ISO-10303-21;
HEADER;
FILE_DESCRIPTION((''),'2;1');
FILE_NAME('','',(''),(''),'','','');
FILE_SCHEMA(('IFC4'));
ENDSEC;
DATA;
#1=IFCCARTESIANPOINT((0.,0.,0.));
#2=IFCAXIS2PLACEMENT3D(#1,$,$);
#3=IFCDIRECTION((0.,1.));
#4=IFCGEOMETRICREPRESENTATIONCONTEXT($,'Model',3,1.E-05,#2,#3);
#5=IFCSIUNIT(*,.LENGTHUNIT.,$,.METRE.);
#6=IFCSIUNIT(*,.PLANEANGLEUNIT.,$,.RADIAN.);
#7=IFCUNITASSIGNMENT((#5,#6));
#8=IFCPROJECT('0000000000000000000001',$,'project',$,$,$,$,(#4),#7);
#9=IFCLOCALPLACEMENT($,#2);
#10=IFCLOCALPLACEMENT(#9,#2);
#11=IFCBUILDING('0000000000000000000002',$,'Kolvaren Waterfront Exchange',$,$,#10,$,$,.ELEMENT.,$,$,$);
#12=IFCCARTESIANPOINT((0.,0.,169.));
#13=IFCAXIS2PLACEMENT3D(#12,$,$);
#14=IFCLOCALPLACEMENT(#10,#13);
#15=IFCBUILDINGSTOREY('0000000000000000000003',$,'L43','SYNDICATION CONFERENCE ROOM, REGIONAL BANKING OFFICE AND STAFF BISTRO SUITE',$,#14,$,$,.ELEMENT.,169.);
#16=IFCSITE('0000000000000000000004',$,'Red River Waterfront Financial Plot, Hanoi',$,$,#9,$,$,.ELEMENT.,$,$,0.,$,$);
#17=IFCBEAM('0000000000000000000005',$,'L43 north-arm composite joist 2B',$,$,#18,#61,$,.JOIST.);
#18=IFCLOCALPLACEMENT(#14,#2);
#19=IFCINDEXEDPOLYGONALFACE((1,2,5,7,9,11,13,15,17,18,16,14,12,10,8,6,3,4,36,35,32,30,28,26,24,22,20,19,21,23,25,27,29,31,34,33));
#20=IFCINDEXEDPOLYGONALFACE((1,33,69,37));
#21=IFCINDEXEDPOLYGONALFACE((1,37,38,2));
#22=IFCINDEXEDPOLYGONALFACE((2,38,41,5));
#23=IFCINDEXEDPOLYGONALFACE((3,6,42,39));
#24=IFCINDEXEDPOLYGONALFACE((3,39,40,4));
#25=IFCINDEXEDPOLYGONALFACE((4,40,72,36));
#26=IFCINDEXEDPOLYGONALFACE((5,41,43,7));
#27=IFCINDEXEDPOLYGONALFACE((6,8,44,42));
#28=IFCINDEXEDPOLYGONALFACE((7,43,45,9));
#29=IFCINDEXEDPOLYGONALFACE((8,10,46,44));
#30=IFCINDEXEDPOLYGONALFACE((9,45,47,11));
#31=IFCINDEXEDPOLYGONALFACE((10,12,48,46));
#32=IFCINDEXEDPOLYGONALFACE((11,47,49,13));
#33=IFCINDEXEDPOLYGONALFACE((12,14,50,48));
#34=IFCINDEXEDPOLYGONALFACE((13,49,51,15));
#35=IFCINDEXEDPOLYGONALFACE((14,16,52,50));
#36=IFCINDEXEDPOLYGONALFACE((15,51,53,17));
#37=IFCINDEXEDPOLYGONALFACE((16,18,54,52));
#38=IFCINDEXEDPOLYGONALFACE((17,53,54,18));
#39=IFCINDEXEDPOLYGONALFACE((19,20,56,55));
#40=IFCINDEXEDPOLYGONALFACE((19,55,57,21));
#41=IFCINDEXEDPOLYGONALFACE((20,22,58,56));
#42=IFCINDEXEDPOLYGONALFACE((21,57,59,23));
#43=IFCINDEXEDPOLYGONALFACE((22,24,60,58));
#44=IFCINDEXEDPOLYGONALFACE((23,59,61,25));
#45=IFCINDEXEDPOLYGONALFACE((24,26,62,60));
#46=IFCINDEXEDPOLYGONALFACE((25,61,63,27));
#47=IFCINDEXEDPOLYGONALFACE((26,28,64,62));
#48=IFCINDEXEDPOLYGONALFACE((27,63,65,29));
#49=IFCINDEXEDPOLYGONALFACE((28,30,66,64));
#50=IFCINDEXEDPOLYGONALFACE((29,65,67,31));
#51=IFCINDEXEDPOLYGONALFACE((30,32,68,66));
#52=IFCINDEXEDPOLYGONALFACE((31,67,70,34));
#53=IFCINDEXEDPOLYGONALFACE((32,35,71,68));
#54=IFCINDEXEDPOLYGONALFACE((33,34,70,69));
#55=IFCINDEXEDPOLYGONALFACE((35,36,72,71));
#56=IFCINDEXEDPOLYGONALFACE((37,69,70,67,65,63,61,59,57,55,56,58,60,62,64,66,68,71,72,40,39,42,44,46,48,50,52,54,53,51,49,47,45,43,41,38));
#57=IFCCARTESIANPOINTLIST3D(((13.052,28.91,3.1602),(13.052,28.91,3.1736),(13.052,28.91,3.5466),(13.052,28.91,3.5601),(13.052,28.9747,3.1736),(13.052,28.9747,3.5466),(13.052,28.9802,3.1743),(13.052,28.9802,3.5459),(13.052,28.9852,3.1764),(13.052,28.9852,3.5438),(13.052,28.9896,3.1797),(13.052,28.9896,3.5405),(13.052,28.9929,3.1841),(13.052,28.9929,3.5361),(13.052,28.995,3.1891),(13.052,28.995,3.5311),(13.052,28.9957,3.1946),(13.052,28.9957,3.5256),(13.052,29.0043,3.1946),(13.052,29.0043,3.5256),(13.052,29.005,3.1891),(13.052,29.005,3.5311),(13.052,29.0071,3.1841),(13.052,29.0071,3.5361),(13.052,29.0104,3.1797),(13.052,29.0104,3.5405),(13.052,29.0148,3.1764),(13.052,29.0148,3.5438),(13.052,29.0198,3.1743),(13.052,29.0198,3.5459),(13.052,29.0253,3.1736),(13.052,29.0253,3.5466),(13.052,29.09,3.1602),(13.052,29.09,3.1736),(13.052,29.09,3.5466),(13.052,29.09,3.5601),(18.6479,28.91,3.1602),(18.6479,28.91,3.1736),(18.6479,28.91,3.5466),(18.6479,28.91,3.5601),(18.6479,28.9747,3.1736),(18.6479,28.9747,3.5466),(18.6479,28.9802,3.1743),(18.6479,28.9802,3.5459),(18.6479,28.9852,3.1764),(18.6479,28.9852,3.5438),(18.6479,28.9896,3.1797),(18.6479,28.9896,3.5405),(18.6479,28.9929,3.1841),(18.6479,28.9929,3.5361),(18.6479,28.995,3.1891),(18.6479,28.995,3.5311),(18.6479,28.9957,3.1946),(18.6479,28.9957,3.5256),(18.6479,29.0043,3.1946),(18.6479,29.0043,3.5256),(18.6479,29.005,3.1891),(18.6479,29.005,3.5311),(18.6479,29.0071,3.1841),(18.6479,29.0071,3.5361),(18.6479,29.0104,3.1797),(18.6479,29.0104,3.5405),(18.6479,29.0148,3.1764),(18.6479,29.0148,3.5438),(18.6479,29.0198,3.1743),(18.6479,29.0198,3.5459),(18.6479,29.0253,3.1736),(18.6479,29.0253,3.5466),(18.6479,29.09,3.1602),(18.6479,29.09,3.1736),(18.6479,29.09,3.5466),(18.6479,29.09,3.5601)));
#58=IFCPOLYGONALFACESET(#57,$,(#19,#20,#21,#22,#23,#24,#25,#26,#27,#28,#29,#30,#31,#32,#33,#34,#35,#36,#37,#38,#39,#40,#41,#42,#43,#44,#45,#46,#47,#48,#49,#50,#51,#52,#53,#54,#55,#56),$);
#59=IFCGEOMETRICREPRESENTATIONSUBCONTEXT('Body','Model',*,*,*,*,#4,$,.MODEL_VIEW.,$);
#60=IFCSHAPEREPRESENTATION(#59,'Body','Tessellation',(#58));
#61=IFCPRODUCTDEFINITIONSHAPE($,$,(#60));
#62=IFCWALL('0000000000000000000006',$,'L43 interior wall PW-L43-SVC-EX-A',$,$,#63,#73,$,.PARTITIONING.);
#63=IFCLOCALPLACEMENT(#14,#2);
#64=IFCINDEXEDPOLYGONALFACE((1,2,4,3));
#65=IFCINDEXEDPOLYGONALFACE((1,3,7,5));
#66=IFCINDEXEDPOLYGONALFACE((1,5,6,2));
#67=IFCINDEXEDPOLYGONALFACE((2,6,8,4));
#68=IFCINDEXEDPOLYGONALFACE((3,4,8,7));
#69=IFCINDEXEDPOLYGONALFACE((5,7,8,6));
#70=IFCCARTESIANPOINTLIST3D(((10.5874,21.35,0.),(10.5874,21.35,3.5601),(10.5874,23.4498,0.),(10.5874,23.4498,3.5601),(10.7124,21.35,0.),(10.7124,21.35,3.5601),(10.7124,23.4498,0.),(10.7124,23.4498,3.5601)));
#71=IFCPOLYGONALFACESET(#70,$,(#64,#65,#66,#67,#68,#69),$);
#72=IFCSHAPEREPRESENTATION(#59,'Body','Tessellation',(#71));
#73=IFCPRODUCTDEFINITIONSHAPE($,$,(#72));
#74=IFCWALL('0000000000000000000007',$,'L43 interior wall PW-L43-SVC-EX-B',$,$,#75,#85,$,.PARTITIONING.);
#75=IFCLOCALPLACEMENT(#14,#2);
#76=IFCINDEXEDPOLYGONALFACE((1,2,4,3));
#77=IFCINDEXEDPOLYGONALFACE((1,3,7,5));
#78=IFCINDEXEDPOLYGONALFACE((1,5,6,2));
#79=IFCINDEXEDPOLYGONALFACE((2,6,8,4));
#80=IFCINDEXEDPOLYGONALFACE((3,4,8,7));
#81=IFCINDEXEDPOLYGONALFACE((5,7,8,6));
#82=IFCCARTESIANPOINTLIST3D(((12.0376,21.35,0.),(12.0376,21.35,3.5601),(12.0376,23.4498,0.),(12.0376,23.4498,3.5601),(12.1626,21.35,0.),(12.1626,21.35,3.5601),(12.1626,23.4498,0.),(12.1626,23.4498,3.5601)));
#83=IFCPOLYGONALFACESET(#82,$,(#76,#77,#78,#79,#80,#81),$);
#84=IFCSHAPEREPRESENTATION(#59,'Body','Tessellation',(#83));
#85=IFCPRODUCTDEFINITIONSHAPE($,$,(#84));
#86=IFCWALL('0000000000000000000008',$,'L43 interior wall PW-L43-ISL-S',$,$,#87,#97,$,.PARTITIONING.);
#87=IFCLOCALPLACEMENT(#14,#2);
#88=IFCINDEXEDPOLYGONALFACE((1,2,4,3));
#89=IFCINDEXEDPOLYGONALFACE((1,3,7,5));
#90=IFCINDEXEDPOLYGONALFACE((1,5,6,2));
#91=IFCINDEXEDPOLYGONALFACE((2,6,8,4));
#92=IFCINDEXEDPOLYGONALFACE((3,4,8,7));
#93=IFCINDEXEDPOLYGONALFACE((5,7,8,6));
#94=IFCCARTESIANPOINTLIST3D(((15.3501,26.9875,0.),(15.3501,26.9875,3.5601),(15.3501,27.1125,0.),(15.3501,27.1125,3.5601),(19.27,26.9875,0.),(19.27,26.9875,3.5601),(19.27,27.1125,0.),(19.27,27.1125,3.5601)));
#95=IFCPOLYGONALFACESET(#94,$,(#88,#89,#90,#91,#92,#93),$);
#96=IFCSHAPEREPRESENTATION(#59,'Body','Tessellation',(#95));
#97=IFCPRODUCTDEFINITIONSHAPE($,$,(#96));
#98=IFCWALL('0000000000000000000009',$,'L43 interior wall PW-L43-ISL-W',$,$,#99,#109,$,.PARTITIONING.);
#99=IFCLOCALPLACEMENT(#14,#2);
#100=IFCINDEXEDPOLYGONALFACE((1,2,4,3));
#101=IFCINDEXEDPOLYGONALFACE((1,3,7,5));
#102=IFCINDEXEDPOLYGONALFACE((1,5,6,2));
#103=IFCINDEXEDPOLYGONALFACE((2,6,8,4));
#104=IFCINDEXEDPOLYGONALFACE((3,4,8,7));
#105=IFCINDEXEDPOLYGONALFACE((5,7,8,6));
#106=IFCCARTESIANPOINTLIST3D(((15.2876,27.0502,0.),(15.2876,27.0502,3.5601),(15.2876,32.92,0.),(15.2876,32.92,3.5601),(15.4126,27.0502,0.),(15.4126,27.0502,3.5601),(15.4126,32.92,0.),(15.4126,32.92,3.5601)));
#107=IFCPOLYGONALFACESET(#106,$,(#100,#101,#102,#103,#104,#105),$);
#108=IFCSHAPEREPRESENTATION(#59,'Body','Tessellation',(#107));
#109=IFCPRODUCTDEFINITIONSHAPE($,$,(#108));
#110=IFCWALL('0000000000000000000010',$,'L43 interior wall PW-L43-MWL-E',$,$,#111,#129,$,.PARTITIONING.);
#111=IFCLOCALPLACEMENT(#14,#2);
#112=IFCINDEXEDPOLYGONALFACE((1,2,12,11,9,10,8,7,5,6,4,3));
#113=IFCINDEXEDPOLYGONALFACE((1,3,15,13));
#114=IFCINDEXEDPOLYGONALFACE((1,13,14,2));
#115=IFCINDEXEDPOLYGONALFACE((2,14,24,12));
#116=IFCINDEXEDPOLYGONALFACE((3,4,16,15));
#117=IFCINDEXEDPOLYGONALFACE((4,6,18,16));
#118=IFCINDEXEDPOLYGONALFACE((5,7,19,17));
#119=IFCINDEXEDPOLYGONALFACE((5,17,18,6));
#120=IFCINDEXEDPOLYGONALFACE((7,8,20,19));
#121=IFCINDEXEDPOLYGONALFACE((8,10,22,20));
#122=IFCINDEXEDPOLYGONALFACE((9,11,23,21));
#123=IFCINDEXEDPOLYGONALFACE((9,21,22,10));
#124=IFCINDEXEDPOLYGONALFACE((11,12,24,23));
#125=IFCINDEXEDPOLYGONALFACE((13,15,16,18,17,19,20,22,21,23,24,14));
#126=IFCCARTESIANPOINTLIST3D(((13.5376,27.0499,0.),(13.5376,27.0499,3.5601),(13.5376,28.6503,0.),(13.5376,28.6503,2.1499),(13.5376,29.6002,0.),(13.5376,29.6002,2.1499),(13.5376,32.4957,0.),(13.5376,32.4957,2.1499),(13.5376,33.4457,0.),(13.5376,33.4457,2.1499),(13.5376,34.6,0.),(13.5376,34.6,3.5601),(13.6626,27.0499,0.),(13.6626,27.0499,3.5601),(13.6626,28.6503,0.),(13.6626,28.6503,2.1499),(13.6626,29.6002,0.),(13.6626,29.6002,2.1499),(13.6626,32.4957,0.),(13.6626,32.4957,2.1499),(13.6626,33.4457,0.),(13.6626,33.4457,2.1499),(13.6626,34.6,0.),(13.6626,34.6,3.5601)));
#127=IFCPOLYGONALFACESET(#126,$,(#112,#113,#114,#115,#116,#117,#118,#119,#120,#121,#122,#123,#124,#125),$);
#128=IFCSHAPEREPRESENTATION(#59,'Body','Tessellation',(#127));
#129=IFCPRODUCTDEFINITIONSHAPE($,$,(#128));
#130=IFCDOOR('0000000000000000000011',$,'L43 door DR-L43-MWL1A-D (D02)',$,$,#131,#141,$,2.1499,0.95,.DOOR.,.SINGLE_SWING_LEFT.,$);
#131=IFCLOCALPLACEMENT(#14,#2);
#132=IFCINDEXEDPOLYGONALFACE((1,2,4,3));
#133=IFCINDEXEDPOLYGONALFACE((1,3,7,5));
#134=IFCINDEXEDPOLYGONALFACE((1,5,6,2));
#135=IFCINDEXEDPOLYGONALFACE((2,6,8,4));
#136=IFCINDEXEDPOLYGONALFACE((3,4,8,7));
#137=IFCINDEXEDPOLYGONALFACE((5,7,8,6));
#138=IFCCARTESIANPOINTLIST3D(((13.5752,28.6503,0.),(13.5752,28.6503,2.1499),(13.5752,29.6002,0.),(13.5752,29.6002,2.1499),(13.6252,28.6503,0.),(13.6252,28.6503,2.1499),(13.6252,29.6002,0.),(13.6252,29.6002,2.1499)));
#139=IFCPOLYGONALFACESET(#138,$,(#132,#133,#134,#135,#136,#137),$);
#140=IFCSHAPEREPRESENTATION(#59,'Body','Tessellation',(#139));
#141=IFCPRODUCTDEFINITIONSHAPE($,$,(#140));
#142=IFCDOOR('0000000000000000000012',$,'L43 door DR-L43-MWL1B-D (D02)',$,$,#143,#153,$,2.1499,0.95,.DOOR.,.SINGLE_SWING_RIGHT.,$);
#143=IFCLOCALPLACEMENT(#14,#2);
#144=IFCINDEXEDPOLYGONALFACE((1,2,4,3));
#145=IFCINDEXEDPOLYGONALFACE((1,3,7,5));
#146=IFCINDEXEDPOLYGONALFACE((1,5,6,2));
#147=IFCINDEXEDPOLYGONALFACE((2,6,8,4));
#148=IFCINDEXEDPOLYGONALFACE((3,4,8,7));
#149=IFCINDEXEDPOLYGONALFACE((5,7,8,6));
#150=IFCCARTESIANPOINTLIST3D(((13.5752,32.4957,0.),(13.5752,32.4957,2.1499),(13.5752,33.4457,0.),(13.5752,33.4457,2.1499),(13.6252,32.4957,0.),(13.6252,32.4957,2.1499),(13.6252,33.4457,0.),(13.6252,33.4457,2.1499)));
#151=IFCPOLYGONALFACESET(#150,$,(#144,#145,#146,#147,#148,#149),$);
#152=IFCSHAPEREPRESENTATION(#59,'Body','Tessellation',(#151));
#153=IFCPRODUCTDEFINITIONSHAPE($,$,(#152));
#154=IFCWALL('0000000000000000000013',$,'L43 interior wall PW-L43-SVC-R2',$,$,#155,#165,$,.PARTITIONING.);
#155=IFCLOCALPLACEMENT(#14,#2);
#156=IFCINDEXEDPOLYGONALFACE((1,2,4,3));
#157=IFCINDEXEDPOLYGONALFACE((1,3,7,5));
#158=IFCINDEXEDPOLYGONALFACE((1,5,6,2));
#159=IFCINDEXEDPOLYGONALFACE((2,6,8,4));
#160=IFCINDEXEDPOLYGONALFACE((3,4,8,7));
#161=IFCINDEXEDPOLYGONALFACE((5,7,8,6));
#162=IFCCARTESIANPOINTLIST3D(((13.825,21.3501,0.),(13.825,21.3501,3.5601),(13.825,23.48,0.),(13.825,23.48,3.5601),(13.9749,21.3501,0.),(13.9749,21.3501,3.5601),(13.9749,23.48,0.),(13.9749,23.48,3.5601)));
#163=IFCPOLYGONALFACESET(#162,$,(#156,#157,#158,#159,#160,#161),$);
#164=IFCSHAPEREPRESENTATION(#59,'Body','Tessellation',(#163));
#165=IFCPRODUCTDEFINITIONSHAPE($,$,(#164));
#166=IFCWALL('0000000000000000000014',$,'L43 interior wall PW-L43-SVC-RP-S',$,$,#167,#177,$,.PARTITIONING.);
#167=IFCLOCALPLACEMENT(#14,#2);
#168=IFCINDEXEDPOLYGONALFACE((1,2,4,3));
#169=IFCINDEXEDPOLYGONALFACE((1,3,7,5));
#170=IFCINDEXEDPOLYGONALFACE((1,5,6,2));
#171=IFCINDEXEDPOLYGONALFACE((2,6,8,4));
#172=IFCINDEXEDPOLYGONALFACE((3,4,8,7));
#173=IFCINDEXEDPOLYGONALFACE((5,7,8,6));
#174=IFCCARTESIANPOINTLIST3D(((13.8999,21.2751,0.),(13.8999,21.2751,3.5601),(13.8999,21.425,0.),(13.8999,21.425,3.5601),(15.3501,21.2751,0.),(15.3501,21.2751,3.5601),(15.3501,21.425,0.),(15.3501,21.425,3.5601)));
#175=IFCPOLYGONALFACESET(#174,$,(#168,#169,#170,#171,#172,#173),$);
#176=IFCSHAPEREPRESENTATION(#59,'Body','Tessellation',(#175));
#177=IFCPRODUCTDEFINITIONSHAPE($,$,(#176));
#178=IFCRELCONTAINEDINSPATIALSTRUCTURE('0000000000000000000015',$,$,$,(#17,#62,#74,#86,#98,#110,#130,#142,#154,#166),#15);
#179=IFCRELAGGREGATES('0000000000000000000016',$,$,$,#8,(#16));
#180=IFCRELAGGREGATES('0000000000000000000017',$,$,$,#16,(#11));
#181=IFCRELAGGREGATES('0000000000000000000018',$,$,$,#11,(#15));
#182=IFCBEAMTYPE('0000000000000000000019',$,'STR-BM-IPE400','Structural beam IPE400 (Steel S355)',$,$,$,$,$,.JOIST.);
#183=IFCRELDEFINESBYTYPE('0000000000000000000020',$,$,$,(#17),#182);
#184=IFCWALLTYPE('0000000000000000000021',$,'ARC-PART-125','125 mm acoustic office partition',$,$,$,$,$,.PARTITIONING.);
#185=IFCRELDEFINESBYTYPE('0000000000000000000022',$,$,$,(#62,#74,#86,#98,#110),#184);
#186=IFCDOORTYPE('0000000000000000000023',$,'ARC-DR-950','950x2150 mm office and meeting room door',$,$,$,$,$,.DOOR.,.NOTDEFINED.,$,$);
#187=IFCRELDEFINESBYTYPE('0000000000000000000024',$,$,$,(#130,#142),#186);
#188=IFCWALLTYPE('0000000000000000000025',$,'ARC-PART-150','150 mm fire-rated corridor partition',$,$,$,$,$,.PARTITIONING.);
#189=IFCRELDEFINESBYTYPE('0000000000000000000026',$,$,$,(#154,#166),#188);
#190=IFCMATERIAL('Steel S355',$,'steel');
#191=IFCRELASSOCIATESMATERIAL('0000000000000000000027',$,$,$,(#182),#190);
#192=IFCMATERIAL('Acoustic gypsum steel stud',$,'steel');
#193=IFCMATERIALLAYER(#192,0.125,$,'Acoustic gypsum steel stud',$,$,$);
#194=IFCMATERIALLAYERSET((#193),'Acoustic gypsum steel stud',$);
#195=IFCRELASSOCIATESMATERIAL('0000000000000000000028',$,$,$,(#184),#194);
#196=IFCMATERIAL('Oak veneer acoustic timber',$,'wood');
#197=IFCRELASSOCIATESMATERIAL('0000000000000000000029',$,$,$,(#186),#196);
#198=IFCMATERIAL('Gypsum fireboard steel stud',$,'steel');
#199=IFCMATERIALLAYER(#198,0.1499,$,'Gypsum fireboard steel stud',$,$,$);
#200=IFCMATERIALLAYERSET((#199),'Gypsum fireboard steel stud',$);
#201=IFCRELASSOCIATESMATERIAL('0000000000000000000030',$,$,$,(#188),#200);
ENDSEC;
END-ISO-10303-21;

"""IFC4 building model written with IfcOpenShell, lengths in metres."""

from ifc_helpers import new_model, si_unit, direction, frame, frame_2d, origin, origin_2d, place, context, subcontext, project, spatial, rectangle, i_section, extrude, material, layer, layer_set, material_profile, profile_set, type_object, element, fill, save


model = new_model("IFC4")

# Units and contexts
model_context = context("Model", 3, precision=1e-05, world=origin(), true_north=direction((0.0, 1.0)))
body_context = subcontext(model_context, "Body", "Model", "MODEL_VIEW")
ifc_project = project(units=[si_unit("LENGTHUNIT", "METRE"), si_unit("PLANEANGLEUNIT", "RADIAN")], contexts=[model_context])

# Site, building, storey
site_placement = place(None, origin())
site = spatial("IfcSite", under=ifc_project, at=site_placement, Name="Red River Waterfront Financial Plot, Hanoi", CompositionType="ELEMENT", RefElevation=0.0)
building_placement = place(site_placement, origin())
building = spatial("IfcBuilding", under=site, at=building_placement, Name="Kolvaren Waterfront Exchange", CompositionType="ELEMENT")
storey_placement = place(building_placement, frame((0.0, 0.0, 169.0)))
storey = spatial("IfcBuildingStorey", under=building, at=storey_placement, Name="L43", Description="SYNDICATION CONFERENCE ROOM, REGIONAL BANKING OFFICE AND STAFF BISTRO SUITE", CompositionType="ELEMENT", Elevation=169.0)

# Beam
ifc_material_1 = material(Name="Steel S355", Category="steel")
ifc_material_profile_1 = material_profile(ifc_material_1, i_section(OverallWidth=0.1799, OverallDepth=0.3999, WebThickness=0.0085, FlangeThickness=0.0134, FilletRadius=0.021, at=origin_2d()), Name="IPE400")
ifc_profile_set_1 = profile_set([ifc_material_profile_1], Name="Steel S355")
beam_type_1 = type_object("IfcBeamType", Name="STR-BM-IPE400", Description="Structural beam IPE400 (Steel S355)", PredefinedType="JOIST", material=ifc_profile_set_1)
for number, where, z_axis, x_axis, name in (
    (1, (13.052, 29.0, 3.3601), (1.0, 0.0, 0.0), (0.0, 1.0, 0.0), "L43 north-arm composite joist 2B"),
):
    element("IfcBeam", number, at=place(storey_placement, frame(where, z_axis=z_axis, x_axis=x_axis)), inside=storey, type_object=beam_type_1, Name=name, PredefinedType="JOIST", context=body_context, shape_type="SweptSolid", body=[
        extrude(i_section(OverallWidth=0.1799, OverallDepth=0.3999, WebThickness=0.0085, FlangeThickness=0.0134, FilletRadius=0.021, at=origin_2d()), origin(), (0.0, 0.0, 1.0), 5.5959),
    ])

# Walls
ifc_material_2 = material(Name="Acoustic gypsum steel stud", Category="steel")
ifc_layer_1 = layer(ifc_material_2, 0.125, Name="Acoustic gypsum steel stud")
ifc_layer_set_1 = layer_set([ifc_layer_1], Name="Acoustic gypsum steel stud")
wall_type_1 = type_object("IfcWallType", Name="ARC-PART-125", Description="125 mm acoustic office partition", PredefinedType="PARTITIONING", material=ifc_layer_set_1)
for number, where, z_axis, x_axis, name in (
    (2, (10.6499, 21.3501, 0.0), (0.0, 0.0, 1.0), (0.0, 1.0, 0.0), "L43 interior wall PW-L43-SVC-EX-A"),
    (3, (12.1001, 21.3501, 0.0), (0.0, 0.0, 1.0), (0.0, 1.0, 0.0), "L43 interior wall PW-L43-SVC-EX-B"),
):
    element("IfcWall", number, at=place(storey_placement, frame(where, z_axis=z_axis, x_axis=x_axis)), inside=storey, type_object=wall_type_1, Name=name, PredefinedType="PARTITIONING", context=body_context, shape_type="SweptSolid", body=[
        extrude(rectangle(XDim=2.0999, YDim=0.125, at=frame_2d((1.0498, 0.0))), origin(), (0.0, 0.0, 1.0), 3.5601),
    ])
wall_1_placement = place(storey_placement, frame((15.3501, 27.05, 0.0), z_axis=(0.0, 0.0, 1.0), x_axis=(1.0, 0.0, 0.0)))
element("IfcWall", 4, at=wall_1_placement, inside=storey, type_object=wall_type_1, Name="L43 interior wall PW-L43-ISL-S", PredefinedType="PARTITIONING", context=body_context, shape_type="SweptSolid", body=[
    extrude(rectangle(XDim=3.9199, YDim=0.125, at=frame_2d((1.96, 0.0))), origin(), (0.0, 0.0, 1.0), 3.5601),
])
wall_2_placement = place(storey_placement, frame((15.3501, 27.05, 0.0), z_axis=(0.0, 0.0, 1.0), x_axis=(0.0, 1.0, 0.0)))
element("IfcWall", 5, at=wall_2_placement, inside=storey, type_object=wall_type_1, Name="L43 interior wall PW-L43-ISL-W", PredefinedType="PARTITIONING", context=body_context, shape_type="SweptSolid", body=[
    extrude(rectangle(XDim=5.8699, YDim=0.125, at=frame_2d((2.9351, 0.0))), origin(), (0.0, 0.0, 1.0), 3.5601),
])

# Wall, openings, doors
wall_3_placement = place(storey_placement, frame((13.6001, 27.05, 0.0), z_axis=(0.0, 0.0, 1.0), x_axis=(0.0, 1.0, 0.0)))
wall_3 = element("IfcWall", 6, at=wall_3_placement, inside=storey, type_object=wall_type_1, Name="L43 interior wall PW-L43-MWL-E", PredefinedType="PARTITIONING", context=body_context, shape_type="SweptSolid", body=[
    extrude(rectangle(XDim=7.55, YDim=0.125, at=frame_2d((3.7749, 0.0))), origin(), (0.0, 0.0, 1.0), 3.5601),
])
opening_1_placement = place(wall_3_placement, frame((1.6001, 0.0, 0.0)))
opening_1 = element("IfcOpeningElement", 7, at=opening_1_placement, cuts=wall_3, PredefinedType="OPENING", context=body_context, shape_type="SweptSolid", body=[
    extrude(rectangle(XDim=0.95, YDim=2.1499, at=frame_2d((0.4751, 1.075))), frame((0.0, 0.0725, 0.0), z_axis=(0.0, -1.0, 0.0), x_axis=(1.0, 0.0, 0.0)), (0.0, 0.0, 1.0), 0.145),
])
opening_2_placement = place(wall_3_placement, frame((5.4456, 0.0, 0.0)))
opening_2 = element("IfcOpeningElement", 8, at=opening_2_placement, cuts=wall_3, PredefinedType="OPENING", context=body_context, shape_type="SweptSolid", body=[
    extrude(rectangle(XDim=0.95, YDim=2.1499, at=frame_2d((0.4751, 1.075))), frame((0.0, 0.0725, 0.0), z_axis=(0.0, -1.0, 0.0), x_axis=(1.0, 0.0, 0.0)), (0.0, 0.0, 1.0), 0.145),
])
ifc_material_3 = material(Name="Oak veneer acoustic timber", Category="wood")
door_type = type_object("IfcDoorType", Name="ARC-DR-950", Description="950x2150 mm office and meeting room door", OperationType="NOTDEFINED", PredefinedType="DOOR", material=ifc_material_3)
door_1_placement = place(opening_1_placement, origin())
door_1 = element("IfcDoor", 9, at=door_1_placement, inside=storey, type_object=door_type, Name="L43 door DR-L43-MWL1A-D (D02)", OperationType="SINGLE_SWING_LEFT", OverallHeight=2.1499, OverallWidth=0.95, PredefinedType="DOOR", context=body_context, shape_type="SweptSolid", body=[
    extrude(rectangle(XDim=0.95, YDim=2.1499, at=frame_2d((0.4751, 1.075))), frame((0.0, 0.0249, 0.0), z_axis=(0.0, -1.0, 0.0), x_axis=(1.0, 0.0, 0.0)), (0.0, 0.0, 1.0), 0.05),
])
fill(opening_1, door_1)
door_2_placement = place(opening_2_placement, origin())
door_2 = element("IfcDoor", 10, at=door_2_placement, inside=storey, type_object=door_type, Name="L43 door DR-L43-MWL1B-D (D02)", OperationType="SINGLE_SWING_RIGHT", OverallHeight=2.1499, OverallWidth=0.95, PredefinedType="DOOR", context=body_context, shape_type="SweptSolid", body=[
    extrude(rectangle(XDim=0.95, YDim=2.1499, at=frame_2d((0.4751, 1.075))), frame((0.0, 0.0249, 0.0), z_axis=(0.0, -1.0, 0.0), x_axis=(1.0, 0.0, 0.0)), (0.0, 0.0, 1.0), 0.05),
])
fill(opening_2, door_2)

# Walls
ifc_material_4 = material(Name="Gypsum fireboard steel stud", Category="steel")
ifc_layer_2 = layer(ifc_material_4, 0.1499, Name="Gypsum fireboard steel stud")
ifc_layer_set_2 = layer_set([ifc_layer_2], Name="Gypsum fireboard steel stud")
wall_type_2 = type_object("IfcWallType", Name="ARC-PART-150", Description="150 mm fire-rated corridor partition", PredefinedType="PARTITIONING", material=ifc_layer_set_2)
wall_4_placement = place(storey_placement, frame((13.8999, 21.3501, 0.0), z_axis=(0.0, 0.0, 1.0), x_axis=(0.0, 1.0, 0.0)))
element("IfcWall", 11, at=wall_4_placement, inside=storey, type_object=wall_type_2, Name="L43 interior wall PW-L43-SVC-R2", PredefinedType="PARTITIONING", context=body_context, shape_type="SweptSolid", body=[
    extrude(rectangle(XDim=2.1299, YDim=0.1499, at=frame_2d((1.0649, 0.0))), origin(), (0.0, 0.0, 1.0), 3.5601),
])
wall_5_placement = place(storey_placement, frame((13.8999, 21.3501, 0.0), z_axis=(0.0, 0.0, 1.0), x_axis=(1.0, 0.0, 0.0)))
element("IfcWall", 12, at=wall_5_placement, inside=storey, type_object=wall_type_2, Name="L43 interior wall PW-L43-SVC-RP-S", PredefinedType="PARTITIONING", context=body_context, shape_type="SweptSolid", body=[
    extrude(rectangle(XDim=1.4502, YDim=0.1499, at=frame_2d((0.7251, 0.0))), origin(), (0.0, 0.0, 1.0), 3.5601),
])

save(model, "model.ifc")
